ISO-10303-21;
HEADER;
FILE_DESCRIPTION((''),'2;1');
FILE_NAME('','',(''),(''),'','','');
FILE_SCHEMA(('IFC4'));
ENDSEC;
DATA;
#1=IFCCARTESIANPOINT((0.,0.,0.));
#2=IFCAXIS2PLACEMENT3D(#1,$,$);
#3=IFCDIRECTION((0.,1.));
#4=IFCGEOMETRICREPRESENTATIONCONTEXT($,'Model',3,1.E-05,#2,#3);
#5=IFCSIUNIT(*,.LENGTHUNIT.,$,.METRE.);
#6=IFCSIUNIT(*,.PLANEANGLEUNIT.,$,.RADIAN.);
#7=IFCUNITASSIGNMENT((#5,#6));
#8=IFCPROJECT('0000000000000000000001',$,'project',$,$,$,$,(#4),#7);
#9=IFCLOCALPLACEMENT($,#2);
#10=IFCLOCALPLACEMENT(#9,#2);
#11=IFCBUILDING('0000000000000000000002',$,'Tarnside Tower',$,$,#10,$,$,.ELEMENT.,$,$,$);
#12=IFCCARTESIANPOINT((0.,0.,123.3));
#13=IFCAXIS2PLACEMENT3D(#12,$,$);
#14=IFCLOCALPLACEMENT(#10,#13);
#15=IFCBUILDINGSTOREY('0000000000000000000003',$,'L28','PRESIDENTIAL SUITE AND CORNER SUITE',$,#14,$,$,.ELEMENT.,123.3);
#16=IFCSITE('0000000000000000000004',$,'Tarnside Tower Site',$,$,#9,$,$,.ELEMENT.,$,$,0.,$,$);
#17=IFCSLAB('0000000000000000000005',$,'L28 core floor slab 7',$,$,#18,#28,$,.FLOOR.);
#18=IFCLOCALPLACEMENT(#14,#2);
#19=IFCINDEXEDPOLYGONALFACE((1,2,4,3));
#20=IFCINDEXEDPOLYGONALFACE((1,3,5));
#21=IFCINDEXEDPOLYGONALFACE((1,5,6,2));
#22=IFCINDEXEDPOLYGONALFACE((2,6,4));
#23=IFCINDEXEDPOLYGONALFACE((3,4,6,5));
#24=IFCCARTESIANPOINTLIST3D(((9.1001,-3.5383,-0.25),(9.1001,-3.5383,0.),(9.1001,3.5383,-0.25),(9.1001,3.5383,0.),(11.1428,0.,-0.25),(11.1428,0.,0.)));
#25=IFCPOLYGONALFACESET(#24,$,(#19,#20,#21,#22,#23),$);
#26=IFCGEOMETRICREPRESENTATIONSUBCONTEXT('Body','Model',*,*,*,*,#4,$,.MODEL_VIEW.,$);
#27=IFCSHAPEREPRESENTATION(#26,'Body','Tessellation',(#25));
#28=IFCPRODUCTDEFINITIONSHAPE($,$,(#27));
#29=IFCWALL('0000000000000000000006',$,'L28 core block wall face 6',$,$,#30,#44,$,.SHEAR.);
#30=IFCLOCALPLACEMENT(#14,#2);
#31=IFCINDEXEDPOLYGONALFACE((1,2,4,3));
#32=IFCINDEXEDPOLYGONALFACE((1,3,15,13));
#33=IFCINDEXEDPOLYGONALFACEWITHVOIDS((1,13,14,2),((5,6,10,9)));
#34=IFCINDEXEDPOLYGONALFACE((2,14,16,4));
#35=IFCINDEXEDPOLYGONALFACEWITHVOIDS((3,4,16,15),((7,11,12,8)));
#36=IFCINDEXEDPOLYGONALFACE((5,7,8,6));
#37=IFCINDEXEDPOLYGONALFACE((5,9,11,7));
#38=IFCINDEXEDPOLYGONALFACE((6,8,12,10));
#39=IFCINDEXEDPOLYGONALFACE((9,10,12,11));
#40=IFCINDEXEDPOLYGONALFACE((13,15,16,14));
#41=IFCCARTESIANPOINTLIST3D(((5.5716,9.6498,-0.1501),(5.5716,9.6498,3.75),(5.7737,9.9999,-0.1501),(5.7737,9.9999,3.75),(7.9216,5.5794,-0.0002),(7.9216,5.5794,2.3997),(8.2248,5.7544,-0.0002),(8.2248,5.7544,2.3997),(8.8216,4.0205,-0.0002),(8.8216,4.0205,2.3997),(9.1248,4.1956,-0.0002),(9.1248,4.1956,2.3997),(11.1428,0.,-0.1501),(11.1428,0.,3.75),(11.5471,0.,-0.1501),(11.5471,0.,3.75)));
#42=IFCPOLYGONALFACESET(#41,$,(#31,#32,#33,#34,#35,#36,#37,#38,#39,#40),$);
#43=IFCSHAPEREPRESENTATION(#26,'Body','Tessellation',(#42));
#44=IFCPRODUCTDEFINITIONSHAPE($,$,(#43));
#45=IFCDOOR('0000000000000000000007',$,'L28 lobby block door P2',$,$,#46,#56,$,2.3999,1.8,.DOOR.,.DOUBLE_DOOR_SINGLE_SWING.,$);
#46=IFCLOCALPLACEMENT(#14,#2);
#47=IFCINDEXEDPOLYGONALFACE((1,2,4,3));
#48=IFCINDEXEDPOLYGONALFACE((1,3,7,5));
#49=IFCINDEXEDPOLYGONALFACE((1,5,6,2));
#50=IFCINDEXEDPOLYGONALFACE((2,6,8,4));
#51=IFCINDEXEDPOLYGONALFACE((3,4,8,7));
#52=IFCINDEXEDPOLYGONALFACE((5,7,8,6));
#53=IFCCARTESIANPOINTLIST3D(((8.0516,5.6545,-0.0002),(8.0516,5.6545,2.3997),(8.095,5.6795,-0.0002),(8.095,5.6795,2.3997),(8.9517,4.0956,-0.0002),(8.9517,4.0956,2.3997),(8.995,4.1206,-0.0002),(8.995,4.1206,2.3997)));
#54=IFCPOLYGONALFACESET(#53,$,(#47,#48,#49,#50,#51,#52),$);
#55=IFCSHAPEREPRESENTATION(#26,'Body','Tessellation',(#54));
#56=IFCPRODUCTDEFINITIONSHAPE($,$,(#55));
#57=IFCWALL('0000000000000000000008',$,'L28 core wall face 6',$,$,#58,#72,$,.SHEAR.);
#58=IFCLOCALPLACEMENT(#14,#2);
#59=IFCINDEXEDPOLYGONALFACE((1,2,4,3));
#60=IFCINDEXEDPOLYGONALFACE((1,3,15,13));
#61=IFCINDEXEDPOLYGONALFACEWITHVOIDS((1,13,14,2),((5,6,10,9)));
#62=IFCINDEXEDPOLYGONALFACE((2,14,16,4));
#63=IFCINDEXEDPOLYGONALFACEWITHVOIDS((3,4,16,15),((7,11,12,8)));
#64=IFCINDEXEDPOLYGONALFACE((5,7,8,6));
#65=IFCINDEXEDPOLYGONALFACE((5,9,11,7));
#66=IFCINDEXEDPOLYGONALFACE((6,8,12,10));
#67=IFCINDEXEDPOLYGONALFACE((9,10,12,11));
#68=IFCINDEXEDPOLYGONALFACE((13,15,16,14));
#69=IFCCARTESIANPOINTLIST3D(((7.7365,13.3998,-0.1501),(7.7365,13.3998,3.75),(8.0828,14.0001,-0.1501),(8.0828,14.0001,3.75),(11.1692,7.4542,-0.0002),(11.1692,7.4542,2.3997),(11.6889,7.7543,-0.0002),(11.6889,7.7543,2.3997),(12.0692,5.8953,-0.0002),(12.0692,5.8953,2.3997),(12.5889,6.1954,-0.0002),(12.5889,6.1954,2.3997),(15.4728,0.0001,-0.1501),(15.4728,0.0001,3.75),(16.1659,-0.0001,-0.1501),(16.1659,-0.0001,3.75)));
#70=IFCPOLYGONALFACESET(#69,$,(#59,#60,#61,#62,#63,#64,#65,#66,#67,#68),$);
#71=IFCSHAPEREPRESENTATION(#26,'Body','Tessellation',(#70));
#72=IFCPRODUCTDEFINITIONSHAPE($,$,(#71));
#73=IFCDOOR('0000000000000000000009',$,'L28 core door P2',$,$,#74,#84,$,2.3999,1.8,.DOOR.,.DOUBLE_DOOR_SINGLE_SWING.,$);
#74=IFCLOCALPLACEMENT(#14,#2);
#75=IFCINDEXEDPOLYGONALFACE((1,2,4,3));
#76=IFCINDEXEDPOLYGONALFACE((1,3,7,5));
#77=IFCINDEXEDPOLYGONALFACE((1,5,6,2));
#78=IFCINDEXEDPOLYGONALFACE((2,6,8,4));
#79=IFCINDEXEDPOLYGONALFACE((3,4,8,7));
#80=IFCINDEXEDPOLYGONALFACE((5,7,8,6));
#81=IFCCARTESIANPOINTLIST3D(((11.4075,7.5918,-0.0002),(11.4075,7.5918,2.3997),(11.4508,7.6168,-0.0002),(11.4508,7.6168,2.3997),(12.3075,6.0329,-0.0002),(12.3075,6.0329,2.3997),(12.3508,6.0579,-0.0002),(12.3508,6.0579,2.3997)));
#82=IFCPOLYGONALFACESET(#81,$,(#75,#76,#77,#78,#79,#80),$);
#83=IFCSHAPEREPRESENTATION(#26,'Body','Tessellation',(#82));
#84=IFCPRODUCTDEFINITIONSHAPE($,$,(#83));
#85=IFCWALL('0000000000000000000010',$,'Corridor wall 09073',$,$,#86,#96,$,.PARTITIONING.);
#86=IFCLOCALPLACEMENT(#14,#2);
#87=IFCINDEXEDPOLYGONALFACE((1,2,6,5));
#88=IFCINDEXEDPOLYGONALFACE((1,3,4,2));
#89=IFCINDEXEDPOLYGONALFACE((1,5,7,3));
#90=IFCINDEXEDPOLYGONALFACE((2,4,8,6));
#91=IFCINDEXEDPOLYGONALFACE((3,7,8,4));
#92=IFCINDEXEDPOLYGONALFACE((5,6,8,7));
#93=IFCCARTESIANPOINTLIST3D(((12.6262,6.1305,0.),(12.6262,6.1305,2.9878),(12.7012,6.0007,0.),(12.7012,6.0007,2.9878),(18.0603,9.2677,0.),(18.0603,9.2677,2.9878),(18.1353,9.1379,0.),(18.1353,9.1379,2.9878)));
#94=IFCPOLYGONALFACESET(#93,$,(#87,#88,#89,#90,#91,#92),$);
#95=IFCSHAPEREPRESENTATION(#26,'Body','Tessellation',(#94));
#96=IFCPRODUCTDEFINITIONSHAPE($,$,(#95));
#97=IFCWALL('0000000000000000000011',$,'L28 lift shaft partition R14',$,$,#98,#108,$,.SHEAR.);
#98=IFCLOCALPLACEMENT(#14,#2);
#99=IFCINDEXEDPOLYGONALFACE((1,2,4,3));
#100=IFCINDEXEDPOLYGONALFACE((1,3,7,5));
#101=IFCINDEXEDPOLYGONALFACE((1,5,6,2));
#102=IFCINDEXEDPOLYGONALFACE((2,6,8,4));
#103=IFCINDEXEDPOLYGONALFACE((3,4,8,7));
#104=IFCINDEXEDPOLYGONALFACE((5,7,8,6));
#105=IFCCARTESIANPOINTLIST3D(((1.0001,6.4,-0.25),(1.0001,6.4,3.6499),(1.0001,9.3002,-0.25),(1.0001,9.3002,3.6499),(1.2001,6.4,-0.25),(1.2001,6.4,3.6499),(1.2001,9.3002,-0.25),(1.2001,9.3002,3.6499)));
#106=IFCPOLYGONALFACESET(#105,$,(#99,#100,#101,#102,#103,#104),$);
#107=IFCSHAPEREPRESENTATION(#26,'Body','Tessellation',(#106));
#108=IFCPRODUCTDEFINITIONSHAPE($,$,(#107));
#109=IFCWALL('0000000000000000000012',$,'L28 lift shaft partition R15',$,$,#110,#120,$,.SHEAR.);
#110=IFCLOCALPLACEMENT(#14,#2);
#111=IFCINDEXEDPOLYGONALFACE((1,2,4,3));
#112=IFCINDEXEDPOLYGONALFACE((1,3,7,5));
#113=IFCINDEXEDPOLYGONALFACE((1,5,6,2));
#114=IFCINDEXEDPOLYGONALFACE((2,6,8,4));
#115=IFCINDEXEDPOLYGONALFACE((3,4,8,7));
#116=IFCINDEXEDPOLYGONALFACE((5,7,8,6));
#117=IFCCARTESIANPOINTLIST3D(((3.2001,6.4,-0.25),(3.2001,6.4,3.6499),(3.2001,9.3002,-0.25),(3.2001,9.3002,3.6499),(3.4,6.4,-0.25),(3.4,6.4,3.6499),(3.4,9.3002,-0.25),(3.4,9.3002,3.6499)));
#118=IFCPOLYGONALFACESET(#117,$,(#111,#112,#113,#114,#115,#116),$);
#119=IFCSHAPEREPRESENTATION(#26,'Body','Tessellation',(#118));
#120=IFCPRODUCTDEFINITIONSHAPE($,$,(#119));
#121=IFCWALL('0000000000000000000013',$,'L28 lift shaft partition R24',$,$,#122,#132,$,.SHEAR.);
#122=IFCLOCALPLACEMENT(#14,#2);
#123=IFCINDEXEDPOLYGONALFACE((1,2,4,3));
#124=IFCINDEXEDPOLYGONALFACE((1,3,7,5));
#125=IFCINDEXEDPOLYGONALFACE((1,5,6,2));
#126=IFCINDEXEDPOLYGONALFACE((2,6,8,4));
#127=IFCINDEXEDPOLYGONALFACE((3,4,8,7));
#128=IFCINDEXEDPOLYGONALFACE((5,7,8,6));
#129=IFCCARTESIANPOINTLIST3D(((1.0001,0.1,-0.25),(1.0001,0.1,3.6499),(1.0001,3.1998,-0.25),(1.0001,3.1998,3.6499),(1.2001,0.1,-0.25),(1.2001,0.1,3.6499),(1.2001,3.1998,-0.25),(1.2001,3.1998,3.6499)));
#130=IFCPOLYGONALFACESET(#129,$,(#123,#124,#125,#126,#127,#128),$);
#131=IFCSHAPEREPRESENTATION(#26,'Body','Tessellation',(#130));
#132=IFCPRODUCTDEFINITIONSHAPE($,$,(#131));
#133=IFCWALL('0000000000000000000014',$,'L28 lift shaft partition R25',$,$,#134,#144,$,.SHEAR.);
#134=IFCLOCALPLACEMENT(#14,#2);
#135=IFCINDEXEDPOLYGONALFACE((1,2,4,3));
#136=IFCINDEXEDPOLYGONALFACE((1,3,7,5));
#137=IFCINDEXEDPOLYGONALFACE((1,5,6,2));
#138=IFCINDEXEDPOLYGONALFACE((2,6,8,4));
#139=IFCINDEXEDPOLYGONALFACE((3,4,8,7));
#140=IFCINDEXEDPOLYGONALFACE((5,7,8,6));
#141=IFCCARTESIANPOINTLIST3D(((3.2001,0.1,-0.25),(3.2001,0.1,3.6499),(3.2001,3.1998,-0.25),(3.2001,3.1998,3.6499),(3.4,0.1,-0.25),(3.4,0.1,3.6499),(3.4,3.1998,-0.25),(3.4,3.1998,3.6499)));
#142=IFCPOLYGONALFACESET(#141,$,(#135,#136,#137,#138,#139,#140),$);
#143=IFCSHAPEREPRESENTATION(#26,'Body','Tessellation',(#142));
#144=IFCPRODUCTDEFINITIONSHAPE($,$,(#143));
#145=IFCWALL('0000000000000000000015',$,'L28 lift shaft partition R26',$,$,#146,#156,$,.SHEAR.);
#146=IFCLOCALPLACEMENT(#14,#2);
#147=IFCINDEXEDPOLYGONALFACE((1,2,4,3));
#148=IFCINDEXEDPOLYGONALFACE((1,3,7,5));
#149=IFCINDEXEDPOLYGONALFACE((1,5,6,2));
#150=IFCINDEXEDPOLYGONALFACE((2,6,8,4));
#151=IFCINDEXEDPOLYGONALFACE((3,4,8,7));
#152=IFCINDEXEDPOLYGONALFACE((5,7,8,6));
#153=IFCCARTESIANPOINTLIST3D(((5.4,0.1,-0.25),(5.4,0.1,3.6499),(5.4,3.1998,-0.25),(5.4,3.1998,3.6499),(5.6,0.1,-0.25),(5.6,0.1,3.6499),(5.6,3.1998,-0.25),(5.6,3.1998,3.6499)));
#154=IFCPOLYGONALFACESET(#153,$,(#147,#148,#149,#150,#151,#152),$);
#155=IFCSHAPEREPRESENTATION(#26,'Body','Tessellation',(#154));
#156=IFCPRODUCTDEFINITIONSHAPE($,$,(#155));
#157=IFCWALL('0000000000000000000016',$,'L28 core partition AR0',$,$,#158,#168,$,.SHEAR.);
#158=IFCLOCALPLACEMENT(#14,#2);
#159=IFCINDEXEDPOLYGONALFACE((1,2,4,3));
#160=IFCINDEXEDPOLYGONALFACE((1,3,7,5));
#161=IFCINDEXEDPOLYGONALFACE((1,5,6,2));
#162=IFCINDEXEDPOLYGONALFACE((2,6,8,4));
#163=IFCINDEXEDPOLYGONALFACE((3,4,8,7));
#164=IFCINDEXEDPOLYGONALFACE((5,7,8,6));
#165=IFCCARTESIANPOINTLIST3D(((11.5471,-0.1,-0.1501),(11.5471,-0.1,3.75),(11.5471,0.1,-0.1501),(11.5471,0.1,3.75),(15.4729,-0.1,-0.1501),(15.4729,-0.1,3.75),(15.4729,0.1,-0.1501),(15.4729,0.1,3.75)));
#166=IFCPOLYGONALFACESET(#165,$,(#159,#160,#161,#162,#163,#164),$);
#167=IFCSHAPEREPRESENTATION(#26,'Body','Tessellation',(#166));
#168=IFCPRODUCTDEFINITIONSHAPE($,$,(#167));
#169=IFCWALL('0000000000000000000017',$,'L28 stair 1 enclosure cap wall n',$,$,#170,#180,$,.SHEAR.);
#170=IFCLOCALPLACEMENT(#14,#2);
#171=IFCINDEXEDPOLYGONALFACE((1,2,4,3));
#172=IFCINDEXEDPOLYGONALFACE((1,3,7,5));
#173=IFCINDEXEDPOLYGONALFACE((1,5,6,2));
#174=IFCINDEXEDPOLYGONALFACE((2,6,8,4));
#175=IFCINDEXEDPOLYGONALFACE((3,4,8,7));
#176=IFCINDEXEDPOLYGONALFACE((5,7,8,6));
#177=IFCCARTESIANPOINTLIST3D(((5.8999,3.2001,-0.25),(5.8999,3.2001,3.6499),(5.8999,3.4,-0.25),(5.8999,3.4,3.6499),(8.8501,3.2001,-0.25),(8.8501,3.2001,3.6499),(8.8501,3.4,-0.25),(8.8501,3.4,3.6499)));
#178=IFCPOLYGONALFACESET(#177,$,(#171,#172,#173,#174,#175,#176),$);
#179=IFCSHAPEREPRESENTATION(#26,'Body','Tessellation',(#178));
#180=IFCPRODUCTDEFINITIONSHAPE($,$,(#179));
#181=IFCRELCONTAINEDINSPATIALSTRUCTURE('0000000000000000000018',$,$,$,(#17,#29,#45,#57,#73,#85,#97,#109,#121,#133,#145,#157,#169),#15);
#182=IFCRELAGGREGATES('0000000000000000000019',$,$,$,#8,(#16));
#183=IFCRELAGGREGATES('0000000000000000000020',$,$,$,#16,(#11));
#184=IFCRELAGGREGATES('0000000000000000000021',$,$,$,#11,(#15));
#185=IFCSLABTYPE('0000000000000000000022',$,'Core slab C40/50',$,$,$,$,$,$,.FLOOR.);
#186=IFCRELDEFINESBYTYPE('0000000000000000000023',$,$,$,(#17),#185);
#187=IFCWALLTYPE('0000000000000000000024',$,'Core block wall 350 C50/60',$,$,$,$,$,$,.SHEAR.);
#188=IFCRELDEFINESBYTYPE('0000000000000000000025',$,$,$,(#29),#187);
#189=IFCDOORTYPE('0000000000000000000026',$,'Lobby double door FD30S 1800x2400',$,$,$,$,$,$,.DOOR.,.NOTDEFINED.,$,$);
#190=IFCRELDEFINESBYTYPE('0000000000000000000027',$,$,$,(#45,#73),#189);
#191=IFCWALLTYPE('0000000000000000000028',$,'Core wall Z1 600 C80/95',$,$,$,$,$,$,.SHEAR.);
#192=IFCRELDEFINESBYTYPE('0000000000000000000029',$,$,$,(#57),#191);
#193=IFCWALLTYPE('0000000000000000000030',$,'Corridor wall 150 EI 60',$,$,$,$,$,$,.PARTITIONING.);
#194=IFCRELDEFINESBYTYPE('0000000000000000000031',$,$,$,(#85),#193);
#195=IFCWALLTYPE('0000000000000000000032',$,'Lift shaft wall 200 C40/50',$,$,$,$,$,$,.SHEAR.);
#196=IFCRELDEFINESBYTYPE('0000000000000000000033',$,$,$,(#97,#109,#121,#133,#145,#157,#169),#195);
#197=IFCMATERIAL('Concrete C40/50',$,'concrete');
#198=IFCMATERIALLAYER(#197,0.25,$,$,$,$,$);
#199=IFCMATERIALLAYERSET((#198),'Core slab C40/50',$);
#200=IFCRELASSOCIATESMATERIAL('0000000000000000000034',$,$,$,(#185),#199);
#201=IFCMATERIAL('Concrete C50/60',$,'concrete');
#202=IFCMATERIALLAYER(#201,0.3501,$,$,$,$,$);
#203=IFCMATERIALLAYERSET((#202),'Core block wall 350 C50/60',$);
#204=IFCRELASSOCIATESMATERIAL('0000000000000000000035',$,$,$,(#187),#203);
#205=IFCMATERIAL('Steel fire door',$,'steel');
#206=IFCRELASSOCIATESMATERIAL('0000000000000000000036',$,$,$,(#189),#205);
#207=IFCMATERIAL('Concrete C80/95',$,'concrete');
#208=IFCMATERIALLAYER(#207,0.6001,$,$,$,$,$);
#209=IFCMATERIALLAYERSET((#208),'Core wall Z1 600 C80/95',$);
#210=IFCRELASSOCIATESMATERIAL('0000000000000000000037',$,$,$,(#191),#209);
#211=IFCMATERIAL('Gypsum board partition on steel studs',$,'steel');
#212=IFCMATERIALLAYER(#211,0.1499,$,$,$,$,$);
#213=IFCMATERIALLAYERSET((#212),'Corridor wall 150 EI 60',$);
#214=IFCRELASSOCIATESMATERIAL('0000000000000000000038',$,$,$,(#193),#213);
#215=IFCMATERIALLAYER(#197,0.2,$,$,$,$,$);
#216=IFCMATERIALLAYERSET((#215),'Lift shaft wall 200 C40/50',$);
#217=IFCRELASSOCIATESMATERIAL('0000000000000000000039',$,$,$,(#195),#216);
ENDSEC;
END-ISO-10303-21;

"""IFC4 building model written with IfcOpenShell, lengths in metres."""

from ifc_helpers import new_model, si_unit, direction, frame, frame_2d, origin, place, context, subcontext, project, spatial, polyline, rectangle, outline, extrude, material, layer, layer_set, type_object, element, fill, save


model = new_model("IFC4")

# Units and contexts
model_context = context("Model", 3, precision=1e-05, world=origin(), true_north=direction((0.0, 1.0)))
body_context = subcontext(model_context, "Body", "Model", "MODEL_VIEW")
ifc_project = project(units=[si_unit("LENGTHUNIT", "METRE"), si_unit("PLANEANGLEUNIT", "RADIAN")], contexts=[model_context])

# Site, building, storey
site_placement = place(None, origin())
site = spatial("IfcSite", under=ifc_project, at=site_placement, Name="Tarnside Tower Site", CompositionType="ELEMENT", RefElevation=0.0)
building_placement = place(site_placement, origin())
building = spatial("IfcBuilding", under=site, at=building_placement, Name="Tarnside Tower", CompositionType="ELEMENT")
storey_placement = place(building_placement, frame((0.0, 0.0, 123.3)))
storey = spatial("IfcBuildingStorey", under=building, at=storey_placement, Name="L28", Description="PRESIDENTIAL SUITE AND CORNER SUITE", CompositionType="ELEMENT", Elevation=123.3)

# Slab
ifc_material_1 = material(Name="Concrete C40/50", Category="concrete")
ifc_layer_1 = layer(ifc_material_1, 0.25)
ifc_layer_set_1 = layer_set([ifc_layer_1], Name="Core slab C40/50")
slab_type = type_object("IfcSlabType", Name="Core slab C40/50", PredefinedType="FLOOR", material=ifc_layer_set_1)
slab_placement = place(storey_placement, frame((0.0, 0.0, -0.25)))
element("IfcSlab", 1, at=slab_placement, inside=storey, type_object=slab_type, Name="L28 core floor slab 7", PredefinedType="FLOOR", context=body_context, shape_type="SweptSolid", body=[
    extrude(outline(polyline([(9.1001, -3.5383), (9.1001, 3.5383), (11.1428, 0.0), (9.1001, -3.5383)])), origin(), (0.0, 0.0, 1.0), 0.25),
])

# Walls, openings, doors
ifc_material_2 = material(Name="Concrete C50/60", Category="concrete")
ifc_layer_2 = layer(ifc_material_2, 0.3501)
ifc_layer_set_2 = layer_set([ifc_layer_2], Name="Core block wall 350 C50/60")
wall_type_1 = type_object("IfcWallType", Name="Core block wall 350 C50/60", PredefinedType="SHEAR", material=ifc_layer_set_2)
wall_1_placement = place(storey_placement, frame((11.345, 0.0, -0.1501), z_axis=(0.0, 0.0, 1.0), x_axis=(-0.499995, 0.866028, 0.0)))
wall_1 = element("IfcWall", 2, at=wall_1_placement, inside=storey, type_object=wall_type_1, Name="L28 core block wall face 6", PredefinedType="SHEAR", context=body_context, shape_type="SweptSolid", body=[
    extrude(outline(polyline([(-0.1011, -0.175), (11.4458, -0.175), (11.2437, 0.175), (0.1011, 0.175), (-0.1011, -0.175)])), origin(), (0.0, 0.0, 1.0), 3.9001),
])
opening_1_placement = place(wall_1_placement, frame((4.7437, 0.0, 0.1499)))
opening_1 = element("IfcOpeningElement", 3, at=opening_1_placement, cuts=wall_1, PredefinedType="OPENING", context=body_context, shape_type="SweptSolid", body=[
    extrude(rectangle(XDim=1.8, YDim=2.3999, at=frame_2d((0.8999, 1.2))), frame((0.0, 0.1851, 0.0), z_axis=(0.0, -1.0, 0.0), x_axis=(1.0, 0.0, 0.0)), (0.0, 0.0, 1.0), 0.3701),
])
ifc_material_3 = material(Name="Steel fire door", Category="steel")
door_type = type_object("IfcDoorType", Name="Lobby double door FD30S 1800x2400", OperationType="NOTDEFINED", PredefinedType="DOOR", material=ifc_material_3)
door_1_placement = place(opening_1_placement, origin())
door_1 = element("IfcDoor", 4, at=door_1_placement, inside=storey, type_object=door_type, Name="L28 lobby block door P2", OperationType="DOUBLE_DOOR_SINGLE_SWING", OverallHeight=2.3999, OverallWidth=1.8, PredefinedType="DOOR", context=body_context, shape_type="SweptSolid", body=[
    extrude(rectangle(XDim=1.8, YDim=2.3999, at=frame_2d((0.8999, 1.2))), frame((0.0, 0.0249, 0.0), z_axis=(0.0, -1.0, 0.0), x_axis=(1.0, 0.0, 0.0)), (0.0, 0.0, 1.0), 0.05),
])
fill(opening_1, door_1)
ifc_material_4 = material(Name="Concrete C80/95", Category="concrete")
ifc_layer_3 = layer(ifc_material_4, 0.6001)
ifc_layer_set_3 = layer_set([ifc_layer_3], Name="Core wall Z1 600 C80/95")
wall_type_2 = type_object("IfcWallType", Name="Core wall Z1 600 C80/95", PredefinedType="SHEAR", material=ifc_layer_set_3)
wall_2_placement = place(storey_placement, frame((15.8193, 0.0, -0.1501), z_axis=(0.0, 0.0, 1.0), x_axis=(-0.5, 0.866025, 0.0)))
wall_2 = element("IfcWall", 5, at=wall_2_placement, inside=storey, type_object=wall_type_2, Name="L28 core wall face 6", PredefinedType="SHEAR", context=body_context, shape_type="SweptSolid", body=[
    extrude(outline(polyline([(-0.1733, -0.3), (15.9927, -0.3), (15.646, 0.3), (0.1733, 0.3), (-0.1733, -0.3)])), origin(), (0.0, 0.0, 1.0), 3.9001),
])
opening_2_placement = place(wall_2_placement, frame((6.9807, 0.0, 0.1499)))
opening_2 = element("IfcOpeningElement", 6, at=opening_2_placement, cuts=wall_2, PredefinedType="OPENING", context=body_context, shape_type="SweptSolid", body=[
    extrude(rectangle(XDim=1.8, YDim=2.3999, at=frame_2d((0.8999, 1.2))), frame((0.0, 0.3101, 0.0), z_axis=(0.0, -1.0, 0.0), x_axis=(1.0, 0.0, 0.0)), (0.0, 0.0, 1.0), 0.6201),
])
door_2_placement = place(opening_2_placement, origin())
door_2 = element("IfcDoor", 7, at=door_2_placement, inside=storey, type_object=door_type, Name="L28 core door P2", OperationType="DOUBLE_DOOR_SINGLE_SWING", OverallHeight=2.3999, OverallWidth=1.8, PredefinedType="DOOR", context=body_context, shape_type="SweptSolid", body=[
    extrude(rectangle(XDim=1.8, YDim=2.3999, at=frame_2d((0.8999, 1.2))), frame((0.0, 0.0249, 0.0), z_axis=(0.0, -1.0, 0.0), x_axis=(1.0, 0.0, 0.0)), (0.0, 0.0, 1.0), 0.05),
])
fill(opening_2, door_2)

# Walls
ifc_material_5 = material(Name="Gypsum board partition on steel studs", Category="steel")
ifc_layer_4 = layer(ifc_material_5, 0.1499)
ifc_layer_set_4 = layer_set([ifc_layer_4], Name="Corridor wall 150 EI 60")
wall_type_3 = type_object("IfcWallType", Name="Corridor wall 150 EI 60", PredefinedType="PARTITIONING", material=ifc_layer_set_4)
wall_3_placement = place(storey_placement, frame((12.6638, 6.0657, 0.0), z_axis=(0.0, 0.0, 1.0), x_axis=(0.866037, 0.499981, 0.0)))
element("IfcWall", 8, at=wall_3_placement, inside=storey, type_object=wall_type_3, Name="Corridor wall 09073", PredefinedType="PARTITIONING", context=body_context, shape_type="SweptSolid", body=[
    extrude(rectangle(XDim=6.2747, YDim=0.1499, at=frame_2d((3.1372, 0.0))), origin(), (0.0, 0.0, 1.0), 2.9878),
])
ifc_layer_5 = layer(ifc_material_1, 0.2)
ifc_layer_set_5 = layer_set([ifc_layer_5], Name="Lift shaft wall 200 C40/50")
wall_type_4 = type_object("IfcWallType", Name="Lift shaft wall 200 C40/50", PredefinedType="SHEAR", material=ifc_layer_set_5)
for number, where, z_axis, x_axis, name in (
    (9, (1.1001, 6.3999, -0.25), (0.0, 0.0, 1.0), (0.0, 1.0, 0.0), "L28 lift shaft partition R14"),
    (10, (3.3, 6.3999, -0.25), (0.0, 0.0, 1.0), (0.0, 1.0, 0.0), "L28 lift shaft partition R15"),
):
    element("IfcWall", number, at=place(storey_placement, frame(where, z_axis=z_axis, x_axis=x_axis)), inside=storey, type_object=wall_type_4, Name=name, PredefinedType="SHEAR", context=body_context, shape_type="SweptSolid", body=[
        extrude(rectangle(XDim=2.9001, YDim=0.2, at=frame_2d((1.4502, 0.0))), origin(), (0.0, 0.0, 1.0), 3.8999),
    ])
for number, where, z_axis, x_axis, name in (
    (11, (1.1001, 0.1001, -0.25), (0.0, 0.0, 1.0), (0.0, 1.0, 0.0), "L28 lift shaft partition R24"),
    (12, (3.3, 0.1001, -0.25), (0.0, 0.0, 1.0), (0.0, 1.0, 0.0), "L28 lift shaft partition R25"),
    (13, (5.5, 0.1001, -0.25), (0.0, 0.0, 1.0), (0.0, 1.0, 0.0), "L28 lift shaft partition R26"),
):
    element("IfcWall", number, at=place(storey_placement, frame(where, z_axis=z_axis, x_axis=x_axis)), inside=storey, type_object=wall_type_4, Name=name, PredefinedType="SHEAR", context=body_context, shape_type="SweptSolid", body=[
        extrude(rectangle(XDim=3.0999, YDim=0.2, at=frame_2d((1.5498, 0.0))), origin(), (0.0, 0.0, 1.0), 3.8999),
    ])
wall_4_placement = place(storey_placement, frame((11.5471, 0.0, -0.1501), z_axis=(0.0, 0.0, 1.0), x_axis=(1.0, 0.0, 0.0)))
element("IfcWall", 14, at=wall_4_placement, inside=storey, type_object=wall_type_4, Name="L28 core partition AR0", PredefinedType="SHEAR", context=body_context, shape_type="SweptSolid", body=[
    extrude(rectangle(XDim=3.9258, YDim=0.2, at=frame_2d((1.9629, 0.0))), origin(), (0.0, 0.0, 1.0), 3.9001),
])
wall_5_placement = place(storey_placement, frame((5.8999, 3.3, -0.25), z_axis=(0.0, 0.0, 1.0), x_axis=(1.0, 0.0, 0.0)))
element("IfcWall", 15, at=wall_5_placement, inside=storey, type_object=wall_type_4, Name="L28 stair 1 enclosure cap wall n", PredefinedType="SHEAR", context=body_context, shape_type="SweptSolid", body=[
    extrude(rectangle(XDim=2.9502, YDim=0.2, at=frame_2d((1.4751, 0.0))), origin(), (0.0, 0.0, 1.0), 3.8999),
])

save(model, "model.ifc")
